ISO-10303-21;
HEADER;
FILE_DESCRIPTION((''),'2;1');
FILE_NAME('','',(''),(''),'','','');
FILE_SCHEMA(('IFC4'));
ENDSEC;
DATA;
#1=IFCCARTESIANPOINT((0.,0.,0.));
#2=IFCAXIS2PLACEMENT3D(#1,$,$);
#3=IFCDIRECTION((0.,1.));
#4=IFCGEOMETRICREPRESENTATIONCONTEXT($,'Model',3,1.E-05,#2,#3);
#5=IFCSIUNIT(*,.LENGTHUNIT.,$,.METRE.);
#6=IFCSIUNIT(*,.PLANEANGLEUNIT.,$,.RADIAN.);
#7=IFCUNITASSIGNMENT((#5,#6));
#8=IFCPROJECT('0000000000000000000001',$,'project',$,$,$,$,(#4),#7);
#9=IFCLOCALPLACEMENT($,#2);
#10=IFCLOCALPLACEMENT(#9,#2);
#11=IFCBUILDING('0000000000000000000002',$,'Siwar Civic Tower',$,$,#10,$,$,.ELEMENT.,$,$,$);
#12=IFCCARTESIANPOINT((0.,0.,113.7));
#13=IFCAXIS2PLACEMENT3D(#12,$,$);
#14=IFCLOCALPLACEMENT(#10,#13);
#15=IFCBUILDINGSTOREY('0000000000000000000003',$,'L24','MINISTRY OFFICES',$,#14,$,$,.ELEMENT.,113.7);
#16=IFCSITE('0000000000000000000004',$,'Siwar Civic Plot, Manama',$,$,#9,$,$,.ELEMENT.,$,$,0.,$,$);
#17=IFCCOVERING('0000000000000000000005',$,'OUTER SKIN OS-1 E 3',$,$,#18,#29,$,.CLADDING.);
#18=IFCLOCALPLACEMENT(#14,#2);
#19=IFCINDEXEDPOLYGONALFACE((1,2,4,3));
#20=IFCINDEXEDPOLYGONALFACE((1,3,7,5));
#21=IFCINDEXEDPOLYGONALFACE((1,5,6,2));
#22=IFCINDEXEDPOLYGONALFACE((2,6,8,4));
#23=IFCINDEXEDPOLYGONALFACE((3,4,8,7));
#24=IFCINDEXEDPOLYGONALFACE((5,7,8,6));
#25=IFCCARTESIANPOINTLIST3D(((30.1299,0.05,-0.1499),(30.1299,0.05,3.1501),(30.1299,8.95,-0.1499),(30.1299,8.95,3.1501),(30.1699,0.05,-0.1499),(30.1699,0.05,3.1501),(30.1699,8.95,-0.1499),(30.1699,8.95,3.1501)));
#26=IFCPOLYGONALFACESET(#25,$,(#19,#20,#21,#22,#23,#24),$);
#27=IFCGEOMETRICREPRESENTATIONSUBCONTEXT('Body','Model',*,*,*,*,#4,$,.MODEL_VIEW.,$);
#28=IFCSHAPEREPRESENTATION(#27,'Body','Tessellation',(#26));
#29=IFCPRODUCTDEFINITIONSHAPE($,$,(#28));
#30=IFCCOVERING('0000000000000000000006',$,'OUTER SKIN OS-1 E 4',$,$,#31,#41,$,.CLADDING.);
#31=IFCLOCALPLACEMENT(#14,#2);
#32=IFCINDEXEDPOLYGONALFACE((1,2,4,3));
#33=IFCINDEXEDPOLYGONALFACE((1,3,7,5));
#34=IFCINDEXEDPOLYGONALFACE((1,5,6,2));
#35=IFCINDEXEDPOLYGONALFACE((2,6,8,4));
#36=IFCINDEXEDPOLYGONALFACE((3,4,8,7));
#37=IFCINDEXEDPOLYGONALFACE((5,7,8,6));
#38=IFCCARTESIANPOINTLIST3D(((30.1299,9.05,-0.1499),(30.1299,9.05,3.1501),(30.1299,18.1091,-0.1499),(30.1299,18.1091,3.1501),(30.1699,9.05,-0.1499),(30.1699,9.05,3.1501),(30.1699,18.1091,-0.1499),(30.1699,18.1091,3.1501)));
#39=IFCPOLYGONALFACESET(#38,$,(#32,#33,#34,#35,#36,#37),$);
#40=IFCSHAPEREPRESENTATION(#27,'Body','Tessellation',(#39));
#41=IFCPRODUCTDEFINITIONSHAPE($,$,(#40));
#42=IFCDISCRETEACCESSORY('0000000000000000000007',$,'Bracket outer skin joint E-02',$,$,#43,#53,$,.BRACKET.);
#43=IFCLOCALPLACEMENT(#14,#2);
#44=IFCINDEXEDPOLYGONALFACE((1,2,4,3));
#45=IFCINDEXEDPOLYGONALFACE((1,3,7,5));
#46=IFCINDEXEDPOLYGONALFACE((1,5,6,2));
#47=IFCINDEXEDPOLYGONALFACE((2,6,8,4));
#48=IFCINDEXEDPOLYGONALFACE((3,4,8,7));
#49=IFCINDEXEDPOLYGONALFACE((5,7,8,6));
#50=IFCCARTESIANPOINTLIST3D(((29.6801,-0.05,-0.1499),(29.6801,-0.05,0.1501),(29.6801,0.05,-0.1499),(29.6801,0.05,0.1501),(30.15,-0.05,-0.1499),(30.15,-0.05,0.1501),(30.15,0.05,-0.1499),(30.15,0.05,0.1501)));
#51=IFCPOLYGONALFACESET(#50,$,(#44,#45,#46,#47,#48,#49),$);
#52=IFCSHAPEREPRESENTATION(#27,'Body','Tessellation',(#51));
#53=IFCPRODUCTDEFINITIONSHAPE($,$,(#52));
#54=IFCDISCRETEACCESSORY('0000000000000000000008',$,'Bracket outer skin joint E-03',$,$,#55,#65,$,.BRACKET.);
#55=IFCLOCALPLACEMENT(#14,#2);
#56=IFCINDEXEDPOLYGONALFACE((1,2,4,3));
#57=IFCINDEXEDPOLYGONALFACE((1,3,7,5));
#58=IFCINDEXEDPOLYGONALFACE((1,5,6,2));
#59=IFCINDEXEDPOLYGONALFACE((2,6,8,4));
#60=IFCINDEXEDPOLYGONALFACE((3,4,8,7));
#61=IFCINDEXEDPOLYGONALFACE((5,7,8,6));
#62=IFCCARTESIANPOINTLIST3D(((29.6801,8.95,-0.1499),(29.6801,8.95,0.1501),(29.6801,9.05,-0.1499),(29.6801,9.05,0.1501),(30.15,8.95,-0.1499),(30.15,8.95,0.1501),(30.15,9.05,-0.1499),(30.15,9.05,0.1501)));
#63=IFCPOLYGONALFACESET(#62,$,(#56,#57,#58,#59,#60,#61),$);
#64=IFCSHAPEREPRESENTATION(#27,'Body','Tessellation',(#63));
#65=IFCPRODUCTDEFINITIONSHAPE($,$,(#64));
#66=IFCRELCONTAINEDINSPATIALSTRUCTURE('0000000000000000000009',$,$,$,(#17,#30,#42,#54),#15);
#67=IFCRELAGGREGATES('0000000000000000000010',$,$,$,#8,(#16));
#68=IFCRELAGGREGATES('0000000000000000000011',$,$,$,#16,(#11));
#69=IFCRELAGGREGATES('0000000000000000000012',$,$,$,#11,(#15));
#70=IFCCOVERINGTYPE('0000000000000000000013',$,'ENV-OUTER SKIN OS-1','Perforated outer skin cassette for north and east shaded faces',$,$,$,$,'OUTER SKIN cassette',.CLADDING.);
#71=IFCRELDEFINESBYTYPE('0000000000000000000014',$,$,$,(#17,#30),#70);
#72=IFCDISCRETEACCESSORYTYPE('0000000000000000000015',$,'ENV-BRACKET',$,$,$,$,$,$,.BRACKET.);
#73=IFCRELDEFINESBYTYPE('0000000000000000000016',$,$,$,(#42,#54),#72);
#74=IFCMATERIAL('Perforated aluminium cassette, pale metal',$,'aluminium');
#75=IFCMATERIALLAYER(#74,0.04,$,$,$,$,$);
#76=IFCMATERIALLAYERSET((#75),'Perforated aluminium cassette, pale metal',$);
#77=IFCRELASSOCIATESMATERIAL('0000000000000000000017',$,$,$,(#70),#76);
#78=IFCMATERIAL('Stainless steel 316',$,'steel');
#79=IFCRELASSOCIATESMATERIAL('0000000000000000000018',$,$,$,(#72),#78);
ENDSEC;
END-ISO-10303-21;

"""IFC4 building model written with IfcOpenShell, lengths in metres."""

from ifc_helpers import new_model, si_unit, direction, frame, origin, origin_2d, place, context, subcontext, project, spatial, rectangle, extrude, material, layer, layer_set, type_object, element, save


model = new_model("IFC4")

# Units and contexts
model_context = context("Model", 3, precision=1e-05, world=origin(), true_north=direction((0.0, 1.0)))
body_context = subcontext(model_context, "Body", "Model", "MODEL_VIEW")
ifc_project = project(units=[si_unit("LENGTHUNIT", "METRE"), si_unit("PLANEANGLEUNIT", "RADIAN")], contexts=[model_context])

# Site, building, storey
site_placement = place(None, origin())
site = spatial("IfcSite", under=ifc_project, at=site_placement, Name="Siwar Civic Plot, Manama", CompositionType="ELEMENT", RefElevation=0.0)
building_placement = place(site_placement, origin())
building = spatial("IfcBuilding", under=site, at=building_placement, Name="Siwar Civic Tower", CompositionType="ELEMENT")
storey_placement = place(building_placement, frame((0.0, 0.0, 113.7)))
storey = spatial("IfcBuildingStorey", under=building, at=storey_placement, Name="L24", Description="MINISTRY OFFICES", CompositionType="ELEMENT", Elevation=113.7)

# Coverings
ifc_material_1 = material(Name="Perforated aluminium cassette, pale metal", Category="aluminium")
ifc_layer_1 = layer(ifc_material_1, 0.04)
ifc_layer_set_1 = layer_set([ifc_layer_1], Name="Perforated aluminium cassette, pale metal")
covering_type = type_object("IfcCoveringType", Name="ENV-OUTER SKIN OS-1", Description="Perforated outer skin cassette for north and east shaded faces", ElementType="OUTER SKIN cassette", PredefinedType="CLADDING", material=ifc_layer_set_1)
covering_1_placement = place(storey_placement, frame((30.1499, 4.5, -0.1499), z_axis=(0.0, 0.0, 1.0), x_axis=(0.0, 1.0, 0.0)))
element("IfcCovering", 1, at=covering_1_placement, inside=storey, type_object=covering_type, Name="OUTER SKIN OS-1 E 3", PredefinedType="CLADDING", context=body_context, shape_type="SweptSolid", body=[
    extrude(rectangle(XDim=8.8999, YDim=0.04, at=origin_2d()), origin(), (0.0, 0.0, 1.0), 3.3),
])
covering_2_placement = place(storey_placement, frame((30.1499, 13.5796, -0.1499), z_axis=(0.0, 0.0, 1.0), x_axis=(0.0, 1.0, 0.0)))
element("IfcCovering", 2, at=covering_2_placement, inside=storey, type_object=covering_type, Name="OUTER SKIN OS-1 E 4", PredefinedType="CLADDING", context=body_context, shape_type="SweptSolid", body=[
    extrude(rectangle(XDim=9.0591, YDim=0.04, at=origin_2d()), origin(), (0.0, 0.0, 1.0), 3.3),
])

# Discrete accessories
ifc_material_2 = material(Name="Stainless steel 316", Category="steel")
discrete_accessory_type = type_object("IfcDiscreteAccessoryType", Name="ENV-BRACKET", PredefinedType="BRACKET", material=ifc_material_2)
for number, where, z_axis, x_axis, name in (
    (3, (29.915, 0.0, -0.1499), (0.0, 0.0, 1.0), (1.0, 0.0, 0.0), "Bracket outer skin joint E-02"),
    (4, (29.915, 9.0, -0.1499), (0.0, 0.0, 1.0), (1.0, 0.0, 0.0), "Bracket outer skin joint E-03"),
):
    element("IfcDiscreteAccessory", number, at=place(storey_placement, frame(where, z_axis=z_axis, x_axis=x_axis)), inside=storey, type_object=discrete_accessory_type, Name=name, PredefinedType="BRACKET", context=body_context, shape_type="SweptSolid", body=[
        extrude(rectangle(XDim=0.47, YDim=0.1001, at=origin_2d()), origin(), (0.0, 0.0, 1.0), 0.3),
    ])

save(model, "model.ifc")
